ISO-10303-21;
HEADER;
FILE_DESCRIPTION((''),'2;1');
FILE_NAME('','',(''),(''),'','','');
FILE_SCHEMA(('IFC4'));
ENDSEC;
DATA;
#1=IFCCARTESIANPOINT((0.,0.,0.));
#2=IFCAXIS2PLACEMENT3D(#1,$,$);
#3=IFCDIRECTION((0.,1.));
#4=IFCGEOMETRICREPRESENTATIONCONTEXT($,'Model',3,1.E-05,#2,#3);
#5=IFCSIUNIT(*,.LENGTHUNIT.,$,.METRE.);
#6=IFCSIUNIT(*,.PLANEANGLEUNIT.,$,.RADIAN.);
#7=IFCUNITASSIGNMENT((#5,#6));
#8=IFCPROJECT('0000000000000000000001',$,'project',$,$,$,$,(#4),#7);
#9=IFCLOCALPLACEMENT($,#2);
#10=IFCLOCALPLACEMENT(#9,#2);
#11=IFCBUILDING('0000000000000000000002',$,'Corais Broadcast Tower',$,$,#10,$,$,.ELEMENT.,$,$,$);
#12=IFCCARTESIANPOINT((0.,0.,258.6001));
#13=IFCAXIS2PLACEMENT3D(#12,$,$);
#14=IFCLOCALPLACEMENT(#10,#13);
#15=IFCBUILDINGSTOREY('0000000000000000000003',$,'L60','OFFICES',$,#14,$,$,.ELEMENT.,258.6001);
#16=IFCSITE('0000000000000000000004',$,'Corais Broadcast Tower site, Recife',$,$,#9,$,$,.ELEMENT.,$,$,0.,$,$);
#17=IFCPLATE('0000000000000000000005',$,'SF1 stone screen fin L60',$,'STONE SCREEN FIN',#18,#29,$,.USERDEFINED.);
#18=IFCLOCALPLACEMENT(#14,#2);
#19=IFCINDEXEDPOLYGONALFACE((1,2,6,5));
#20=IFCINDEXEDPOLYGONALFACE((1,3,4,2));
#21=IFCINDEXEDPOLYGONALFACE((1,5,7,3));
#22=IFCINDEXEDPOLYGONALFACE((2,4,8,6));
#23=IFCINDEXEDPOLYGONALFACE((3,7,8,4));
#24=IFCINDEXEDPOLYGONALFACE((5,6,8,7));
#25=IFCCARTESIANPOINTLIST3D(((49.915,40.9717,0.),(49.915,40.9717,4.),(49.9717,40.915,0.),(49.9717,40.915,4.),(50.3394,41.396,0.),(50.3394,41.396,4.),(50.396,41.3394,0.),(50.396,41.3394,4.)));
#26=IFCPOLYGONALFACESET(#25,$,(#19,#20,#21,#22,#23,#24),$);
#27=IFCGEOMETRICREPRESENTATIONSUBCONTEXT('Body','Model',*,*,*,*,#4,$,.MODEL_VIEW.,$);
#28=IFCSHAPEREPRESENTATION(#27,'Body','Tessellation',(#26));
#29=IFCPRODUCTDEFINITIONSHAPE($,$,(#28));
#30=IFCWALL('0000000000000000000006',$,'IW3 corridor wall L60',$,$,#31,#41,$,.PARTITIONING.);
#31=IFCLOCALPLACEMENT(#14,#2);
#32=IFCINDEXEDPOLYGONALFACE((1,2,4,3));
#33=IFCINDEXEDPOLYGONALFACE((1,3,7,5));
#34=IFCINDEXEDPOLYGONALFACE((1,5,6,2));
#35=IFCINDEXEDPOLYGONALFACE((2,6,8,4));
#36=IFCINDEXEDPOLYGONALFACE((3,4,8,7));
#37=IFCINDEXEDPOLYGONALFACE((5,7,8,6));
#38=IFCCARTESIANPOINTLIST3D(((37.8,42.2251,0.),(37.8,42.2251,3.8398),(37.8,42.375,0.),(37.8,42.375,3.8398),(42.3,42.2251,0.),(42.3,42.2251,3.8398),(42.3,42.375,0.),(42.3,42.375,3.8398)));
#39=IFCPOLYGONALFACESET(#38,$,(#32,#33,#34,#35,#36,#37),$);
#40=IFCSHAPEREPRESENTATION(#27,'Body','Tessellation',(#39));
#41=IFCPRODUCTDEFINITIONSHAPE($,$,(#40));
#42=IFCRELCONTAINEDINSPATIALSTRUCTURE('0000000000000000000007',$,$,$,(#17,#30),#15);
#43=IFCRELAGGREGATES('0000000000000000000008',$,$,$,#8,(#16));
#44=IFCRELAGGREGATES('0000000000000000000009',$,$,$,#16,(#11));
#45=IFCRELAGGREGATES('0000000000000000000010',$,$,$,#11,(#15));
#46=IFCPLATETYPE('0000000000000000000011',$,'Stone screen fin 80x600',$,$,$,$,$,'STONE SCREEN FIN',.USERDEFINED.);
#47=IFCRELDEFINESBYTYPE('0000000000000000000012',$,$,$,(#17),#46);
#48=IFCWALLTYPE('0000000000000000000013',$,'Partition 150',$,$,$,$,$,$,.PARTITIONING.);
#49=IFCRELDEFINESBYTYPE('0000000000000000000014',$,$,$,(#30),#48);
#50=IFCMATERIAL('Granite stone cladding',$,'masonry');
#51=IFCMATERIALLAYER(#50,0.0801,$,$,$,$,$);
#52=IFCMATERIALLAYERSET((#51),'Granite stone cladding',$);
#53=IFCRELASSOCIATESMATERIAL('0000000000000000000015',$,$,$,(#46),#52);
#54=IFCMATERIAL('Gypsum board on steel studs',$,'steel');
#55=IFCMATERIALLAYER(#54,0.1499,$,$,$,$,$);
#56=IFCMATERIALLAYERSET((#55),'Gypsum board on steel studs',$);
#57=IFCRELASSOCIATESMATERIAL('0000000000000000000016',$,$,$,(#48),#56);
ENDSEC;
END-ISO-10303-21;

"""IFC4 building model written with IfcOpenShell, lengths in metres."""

from ifc_helpers import new_model, si_unit, direction, frame, frame_2d, origin, origin_2d, place, context, subcontext, project, spatial, rectangle, extrude, material, layer, layer_set, type_object, element, save


model = new_model("IFC4")

# Units and contexts
model_context = context("Model", 3, precision=1e-05, world=origin(), true_north=direction((0.0, 1.0)))
body_context = subcontext(model_context, "Body", "Model", "MODEL_VIEW")
ifc_project = project(units=[si_unit("LENGTHUNIT", "METRE"), si_unit("PLANEANGLEUNIT", "RADIAN")], contexts=[model_context])

# Site, building, storey
site_placement = place(None, origin())
site = spatial("IfcSite", under=ifc_project, at=site_placement, Name="Corais Broadcast Tower site, Recife", CompositionType="ELEMENT", RefElevation=0.0)
building_placement = place(site_placement, origin())
building = spatial("IfcBuilding", under=site, at=building_placement, Name="Corais Broadcast Tower", CompositionType="ELEMENT")
storey_placement = place(building_placement, frame((0.0, 0.0, 258.6001)))
storey = spatial("IfcBuildingStorey", under=building, at=storey_placement, Name="L60", Description="OFFICES", CompositionType="ELEMENT", Elevation=258.6001)

# Plate
ifc_material_1 = material(Name="Granite stone cladding", Category="masonry")
ifc_layer_1 = layer(ifc_material_1, 0.0801)
ifc_layer_set_1 = layer_set([ifc_layer_1], Name="Granite stone cladding")
plate_type_1 = type_object("IfcPlateType", Name="Stone screen fin 80x600", ElementType="STONE SCREEN FIN", PredefinedType="USERDEFINED", material=ifc_layer_set_1)
for number, where, z_axis, x_axis, name in (
    (1, (50.1555, 41.1555, 0.0), (0.0, 0.0, 1.0), (0.707107, -0.707107, 0.0), "SF1 stone screen fin L60"),
):
    element("IfcPlate", number, at=place(storey_placement, frame(where, z_axis=z_axis, x_axis=x_axis)), inside=storey, type_object=plate_type_1, Name=name, ObjectType="STONE SCREEN FIN", PredefinedType="USERDEFINED", context=body_context, shape_type="SweptSolid", body=[
        extrude(rectangle(XDim=0.0801, YDim=0.6001, at=origin_2d()), origin(), (0.0, 0.0, 1.0), 4.0),
    ])

# Wall
ifc_material_2 = material(Name="Gypsum board on steel studs", Category="steel")
ifc_layer_2 = layer(ifc_material_2, 0.1499)
ifc_layer_set_2 = layer_set([ifc_layer_2], Name="Gypsum board on steel studs")
wall_type = type_object("IfcWallType", Name="Partition 150", PredefinedType="PARTITIONING", material=ifc_layer_set_2)
wall_placement = place(storey_placement, frame((42.3, 42.3, 0.0), z_axis=(0.0, 0.0, 1.0), x_axis=(-1.0, 0.0, 0.0)))
element("IfcWall", 2, at=wall_placement, inside=storey, type_object=wall_type, Name="IW3 corridor wall L60", PredefinedType="PARTITIONING", context=body_context, shape_type="SweptSolid", body=[
    extrude(rectangle(XDim=4.5, YDim=0.1499, at=frame_2d((2.25, 0.0))), origin(), (0.0, 0.0, 1.0), 3.8398),
])

save(model, "model.ifc")
